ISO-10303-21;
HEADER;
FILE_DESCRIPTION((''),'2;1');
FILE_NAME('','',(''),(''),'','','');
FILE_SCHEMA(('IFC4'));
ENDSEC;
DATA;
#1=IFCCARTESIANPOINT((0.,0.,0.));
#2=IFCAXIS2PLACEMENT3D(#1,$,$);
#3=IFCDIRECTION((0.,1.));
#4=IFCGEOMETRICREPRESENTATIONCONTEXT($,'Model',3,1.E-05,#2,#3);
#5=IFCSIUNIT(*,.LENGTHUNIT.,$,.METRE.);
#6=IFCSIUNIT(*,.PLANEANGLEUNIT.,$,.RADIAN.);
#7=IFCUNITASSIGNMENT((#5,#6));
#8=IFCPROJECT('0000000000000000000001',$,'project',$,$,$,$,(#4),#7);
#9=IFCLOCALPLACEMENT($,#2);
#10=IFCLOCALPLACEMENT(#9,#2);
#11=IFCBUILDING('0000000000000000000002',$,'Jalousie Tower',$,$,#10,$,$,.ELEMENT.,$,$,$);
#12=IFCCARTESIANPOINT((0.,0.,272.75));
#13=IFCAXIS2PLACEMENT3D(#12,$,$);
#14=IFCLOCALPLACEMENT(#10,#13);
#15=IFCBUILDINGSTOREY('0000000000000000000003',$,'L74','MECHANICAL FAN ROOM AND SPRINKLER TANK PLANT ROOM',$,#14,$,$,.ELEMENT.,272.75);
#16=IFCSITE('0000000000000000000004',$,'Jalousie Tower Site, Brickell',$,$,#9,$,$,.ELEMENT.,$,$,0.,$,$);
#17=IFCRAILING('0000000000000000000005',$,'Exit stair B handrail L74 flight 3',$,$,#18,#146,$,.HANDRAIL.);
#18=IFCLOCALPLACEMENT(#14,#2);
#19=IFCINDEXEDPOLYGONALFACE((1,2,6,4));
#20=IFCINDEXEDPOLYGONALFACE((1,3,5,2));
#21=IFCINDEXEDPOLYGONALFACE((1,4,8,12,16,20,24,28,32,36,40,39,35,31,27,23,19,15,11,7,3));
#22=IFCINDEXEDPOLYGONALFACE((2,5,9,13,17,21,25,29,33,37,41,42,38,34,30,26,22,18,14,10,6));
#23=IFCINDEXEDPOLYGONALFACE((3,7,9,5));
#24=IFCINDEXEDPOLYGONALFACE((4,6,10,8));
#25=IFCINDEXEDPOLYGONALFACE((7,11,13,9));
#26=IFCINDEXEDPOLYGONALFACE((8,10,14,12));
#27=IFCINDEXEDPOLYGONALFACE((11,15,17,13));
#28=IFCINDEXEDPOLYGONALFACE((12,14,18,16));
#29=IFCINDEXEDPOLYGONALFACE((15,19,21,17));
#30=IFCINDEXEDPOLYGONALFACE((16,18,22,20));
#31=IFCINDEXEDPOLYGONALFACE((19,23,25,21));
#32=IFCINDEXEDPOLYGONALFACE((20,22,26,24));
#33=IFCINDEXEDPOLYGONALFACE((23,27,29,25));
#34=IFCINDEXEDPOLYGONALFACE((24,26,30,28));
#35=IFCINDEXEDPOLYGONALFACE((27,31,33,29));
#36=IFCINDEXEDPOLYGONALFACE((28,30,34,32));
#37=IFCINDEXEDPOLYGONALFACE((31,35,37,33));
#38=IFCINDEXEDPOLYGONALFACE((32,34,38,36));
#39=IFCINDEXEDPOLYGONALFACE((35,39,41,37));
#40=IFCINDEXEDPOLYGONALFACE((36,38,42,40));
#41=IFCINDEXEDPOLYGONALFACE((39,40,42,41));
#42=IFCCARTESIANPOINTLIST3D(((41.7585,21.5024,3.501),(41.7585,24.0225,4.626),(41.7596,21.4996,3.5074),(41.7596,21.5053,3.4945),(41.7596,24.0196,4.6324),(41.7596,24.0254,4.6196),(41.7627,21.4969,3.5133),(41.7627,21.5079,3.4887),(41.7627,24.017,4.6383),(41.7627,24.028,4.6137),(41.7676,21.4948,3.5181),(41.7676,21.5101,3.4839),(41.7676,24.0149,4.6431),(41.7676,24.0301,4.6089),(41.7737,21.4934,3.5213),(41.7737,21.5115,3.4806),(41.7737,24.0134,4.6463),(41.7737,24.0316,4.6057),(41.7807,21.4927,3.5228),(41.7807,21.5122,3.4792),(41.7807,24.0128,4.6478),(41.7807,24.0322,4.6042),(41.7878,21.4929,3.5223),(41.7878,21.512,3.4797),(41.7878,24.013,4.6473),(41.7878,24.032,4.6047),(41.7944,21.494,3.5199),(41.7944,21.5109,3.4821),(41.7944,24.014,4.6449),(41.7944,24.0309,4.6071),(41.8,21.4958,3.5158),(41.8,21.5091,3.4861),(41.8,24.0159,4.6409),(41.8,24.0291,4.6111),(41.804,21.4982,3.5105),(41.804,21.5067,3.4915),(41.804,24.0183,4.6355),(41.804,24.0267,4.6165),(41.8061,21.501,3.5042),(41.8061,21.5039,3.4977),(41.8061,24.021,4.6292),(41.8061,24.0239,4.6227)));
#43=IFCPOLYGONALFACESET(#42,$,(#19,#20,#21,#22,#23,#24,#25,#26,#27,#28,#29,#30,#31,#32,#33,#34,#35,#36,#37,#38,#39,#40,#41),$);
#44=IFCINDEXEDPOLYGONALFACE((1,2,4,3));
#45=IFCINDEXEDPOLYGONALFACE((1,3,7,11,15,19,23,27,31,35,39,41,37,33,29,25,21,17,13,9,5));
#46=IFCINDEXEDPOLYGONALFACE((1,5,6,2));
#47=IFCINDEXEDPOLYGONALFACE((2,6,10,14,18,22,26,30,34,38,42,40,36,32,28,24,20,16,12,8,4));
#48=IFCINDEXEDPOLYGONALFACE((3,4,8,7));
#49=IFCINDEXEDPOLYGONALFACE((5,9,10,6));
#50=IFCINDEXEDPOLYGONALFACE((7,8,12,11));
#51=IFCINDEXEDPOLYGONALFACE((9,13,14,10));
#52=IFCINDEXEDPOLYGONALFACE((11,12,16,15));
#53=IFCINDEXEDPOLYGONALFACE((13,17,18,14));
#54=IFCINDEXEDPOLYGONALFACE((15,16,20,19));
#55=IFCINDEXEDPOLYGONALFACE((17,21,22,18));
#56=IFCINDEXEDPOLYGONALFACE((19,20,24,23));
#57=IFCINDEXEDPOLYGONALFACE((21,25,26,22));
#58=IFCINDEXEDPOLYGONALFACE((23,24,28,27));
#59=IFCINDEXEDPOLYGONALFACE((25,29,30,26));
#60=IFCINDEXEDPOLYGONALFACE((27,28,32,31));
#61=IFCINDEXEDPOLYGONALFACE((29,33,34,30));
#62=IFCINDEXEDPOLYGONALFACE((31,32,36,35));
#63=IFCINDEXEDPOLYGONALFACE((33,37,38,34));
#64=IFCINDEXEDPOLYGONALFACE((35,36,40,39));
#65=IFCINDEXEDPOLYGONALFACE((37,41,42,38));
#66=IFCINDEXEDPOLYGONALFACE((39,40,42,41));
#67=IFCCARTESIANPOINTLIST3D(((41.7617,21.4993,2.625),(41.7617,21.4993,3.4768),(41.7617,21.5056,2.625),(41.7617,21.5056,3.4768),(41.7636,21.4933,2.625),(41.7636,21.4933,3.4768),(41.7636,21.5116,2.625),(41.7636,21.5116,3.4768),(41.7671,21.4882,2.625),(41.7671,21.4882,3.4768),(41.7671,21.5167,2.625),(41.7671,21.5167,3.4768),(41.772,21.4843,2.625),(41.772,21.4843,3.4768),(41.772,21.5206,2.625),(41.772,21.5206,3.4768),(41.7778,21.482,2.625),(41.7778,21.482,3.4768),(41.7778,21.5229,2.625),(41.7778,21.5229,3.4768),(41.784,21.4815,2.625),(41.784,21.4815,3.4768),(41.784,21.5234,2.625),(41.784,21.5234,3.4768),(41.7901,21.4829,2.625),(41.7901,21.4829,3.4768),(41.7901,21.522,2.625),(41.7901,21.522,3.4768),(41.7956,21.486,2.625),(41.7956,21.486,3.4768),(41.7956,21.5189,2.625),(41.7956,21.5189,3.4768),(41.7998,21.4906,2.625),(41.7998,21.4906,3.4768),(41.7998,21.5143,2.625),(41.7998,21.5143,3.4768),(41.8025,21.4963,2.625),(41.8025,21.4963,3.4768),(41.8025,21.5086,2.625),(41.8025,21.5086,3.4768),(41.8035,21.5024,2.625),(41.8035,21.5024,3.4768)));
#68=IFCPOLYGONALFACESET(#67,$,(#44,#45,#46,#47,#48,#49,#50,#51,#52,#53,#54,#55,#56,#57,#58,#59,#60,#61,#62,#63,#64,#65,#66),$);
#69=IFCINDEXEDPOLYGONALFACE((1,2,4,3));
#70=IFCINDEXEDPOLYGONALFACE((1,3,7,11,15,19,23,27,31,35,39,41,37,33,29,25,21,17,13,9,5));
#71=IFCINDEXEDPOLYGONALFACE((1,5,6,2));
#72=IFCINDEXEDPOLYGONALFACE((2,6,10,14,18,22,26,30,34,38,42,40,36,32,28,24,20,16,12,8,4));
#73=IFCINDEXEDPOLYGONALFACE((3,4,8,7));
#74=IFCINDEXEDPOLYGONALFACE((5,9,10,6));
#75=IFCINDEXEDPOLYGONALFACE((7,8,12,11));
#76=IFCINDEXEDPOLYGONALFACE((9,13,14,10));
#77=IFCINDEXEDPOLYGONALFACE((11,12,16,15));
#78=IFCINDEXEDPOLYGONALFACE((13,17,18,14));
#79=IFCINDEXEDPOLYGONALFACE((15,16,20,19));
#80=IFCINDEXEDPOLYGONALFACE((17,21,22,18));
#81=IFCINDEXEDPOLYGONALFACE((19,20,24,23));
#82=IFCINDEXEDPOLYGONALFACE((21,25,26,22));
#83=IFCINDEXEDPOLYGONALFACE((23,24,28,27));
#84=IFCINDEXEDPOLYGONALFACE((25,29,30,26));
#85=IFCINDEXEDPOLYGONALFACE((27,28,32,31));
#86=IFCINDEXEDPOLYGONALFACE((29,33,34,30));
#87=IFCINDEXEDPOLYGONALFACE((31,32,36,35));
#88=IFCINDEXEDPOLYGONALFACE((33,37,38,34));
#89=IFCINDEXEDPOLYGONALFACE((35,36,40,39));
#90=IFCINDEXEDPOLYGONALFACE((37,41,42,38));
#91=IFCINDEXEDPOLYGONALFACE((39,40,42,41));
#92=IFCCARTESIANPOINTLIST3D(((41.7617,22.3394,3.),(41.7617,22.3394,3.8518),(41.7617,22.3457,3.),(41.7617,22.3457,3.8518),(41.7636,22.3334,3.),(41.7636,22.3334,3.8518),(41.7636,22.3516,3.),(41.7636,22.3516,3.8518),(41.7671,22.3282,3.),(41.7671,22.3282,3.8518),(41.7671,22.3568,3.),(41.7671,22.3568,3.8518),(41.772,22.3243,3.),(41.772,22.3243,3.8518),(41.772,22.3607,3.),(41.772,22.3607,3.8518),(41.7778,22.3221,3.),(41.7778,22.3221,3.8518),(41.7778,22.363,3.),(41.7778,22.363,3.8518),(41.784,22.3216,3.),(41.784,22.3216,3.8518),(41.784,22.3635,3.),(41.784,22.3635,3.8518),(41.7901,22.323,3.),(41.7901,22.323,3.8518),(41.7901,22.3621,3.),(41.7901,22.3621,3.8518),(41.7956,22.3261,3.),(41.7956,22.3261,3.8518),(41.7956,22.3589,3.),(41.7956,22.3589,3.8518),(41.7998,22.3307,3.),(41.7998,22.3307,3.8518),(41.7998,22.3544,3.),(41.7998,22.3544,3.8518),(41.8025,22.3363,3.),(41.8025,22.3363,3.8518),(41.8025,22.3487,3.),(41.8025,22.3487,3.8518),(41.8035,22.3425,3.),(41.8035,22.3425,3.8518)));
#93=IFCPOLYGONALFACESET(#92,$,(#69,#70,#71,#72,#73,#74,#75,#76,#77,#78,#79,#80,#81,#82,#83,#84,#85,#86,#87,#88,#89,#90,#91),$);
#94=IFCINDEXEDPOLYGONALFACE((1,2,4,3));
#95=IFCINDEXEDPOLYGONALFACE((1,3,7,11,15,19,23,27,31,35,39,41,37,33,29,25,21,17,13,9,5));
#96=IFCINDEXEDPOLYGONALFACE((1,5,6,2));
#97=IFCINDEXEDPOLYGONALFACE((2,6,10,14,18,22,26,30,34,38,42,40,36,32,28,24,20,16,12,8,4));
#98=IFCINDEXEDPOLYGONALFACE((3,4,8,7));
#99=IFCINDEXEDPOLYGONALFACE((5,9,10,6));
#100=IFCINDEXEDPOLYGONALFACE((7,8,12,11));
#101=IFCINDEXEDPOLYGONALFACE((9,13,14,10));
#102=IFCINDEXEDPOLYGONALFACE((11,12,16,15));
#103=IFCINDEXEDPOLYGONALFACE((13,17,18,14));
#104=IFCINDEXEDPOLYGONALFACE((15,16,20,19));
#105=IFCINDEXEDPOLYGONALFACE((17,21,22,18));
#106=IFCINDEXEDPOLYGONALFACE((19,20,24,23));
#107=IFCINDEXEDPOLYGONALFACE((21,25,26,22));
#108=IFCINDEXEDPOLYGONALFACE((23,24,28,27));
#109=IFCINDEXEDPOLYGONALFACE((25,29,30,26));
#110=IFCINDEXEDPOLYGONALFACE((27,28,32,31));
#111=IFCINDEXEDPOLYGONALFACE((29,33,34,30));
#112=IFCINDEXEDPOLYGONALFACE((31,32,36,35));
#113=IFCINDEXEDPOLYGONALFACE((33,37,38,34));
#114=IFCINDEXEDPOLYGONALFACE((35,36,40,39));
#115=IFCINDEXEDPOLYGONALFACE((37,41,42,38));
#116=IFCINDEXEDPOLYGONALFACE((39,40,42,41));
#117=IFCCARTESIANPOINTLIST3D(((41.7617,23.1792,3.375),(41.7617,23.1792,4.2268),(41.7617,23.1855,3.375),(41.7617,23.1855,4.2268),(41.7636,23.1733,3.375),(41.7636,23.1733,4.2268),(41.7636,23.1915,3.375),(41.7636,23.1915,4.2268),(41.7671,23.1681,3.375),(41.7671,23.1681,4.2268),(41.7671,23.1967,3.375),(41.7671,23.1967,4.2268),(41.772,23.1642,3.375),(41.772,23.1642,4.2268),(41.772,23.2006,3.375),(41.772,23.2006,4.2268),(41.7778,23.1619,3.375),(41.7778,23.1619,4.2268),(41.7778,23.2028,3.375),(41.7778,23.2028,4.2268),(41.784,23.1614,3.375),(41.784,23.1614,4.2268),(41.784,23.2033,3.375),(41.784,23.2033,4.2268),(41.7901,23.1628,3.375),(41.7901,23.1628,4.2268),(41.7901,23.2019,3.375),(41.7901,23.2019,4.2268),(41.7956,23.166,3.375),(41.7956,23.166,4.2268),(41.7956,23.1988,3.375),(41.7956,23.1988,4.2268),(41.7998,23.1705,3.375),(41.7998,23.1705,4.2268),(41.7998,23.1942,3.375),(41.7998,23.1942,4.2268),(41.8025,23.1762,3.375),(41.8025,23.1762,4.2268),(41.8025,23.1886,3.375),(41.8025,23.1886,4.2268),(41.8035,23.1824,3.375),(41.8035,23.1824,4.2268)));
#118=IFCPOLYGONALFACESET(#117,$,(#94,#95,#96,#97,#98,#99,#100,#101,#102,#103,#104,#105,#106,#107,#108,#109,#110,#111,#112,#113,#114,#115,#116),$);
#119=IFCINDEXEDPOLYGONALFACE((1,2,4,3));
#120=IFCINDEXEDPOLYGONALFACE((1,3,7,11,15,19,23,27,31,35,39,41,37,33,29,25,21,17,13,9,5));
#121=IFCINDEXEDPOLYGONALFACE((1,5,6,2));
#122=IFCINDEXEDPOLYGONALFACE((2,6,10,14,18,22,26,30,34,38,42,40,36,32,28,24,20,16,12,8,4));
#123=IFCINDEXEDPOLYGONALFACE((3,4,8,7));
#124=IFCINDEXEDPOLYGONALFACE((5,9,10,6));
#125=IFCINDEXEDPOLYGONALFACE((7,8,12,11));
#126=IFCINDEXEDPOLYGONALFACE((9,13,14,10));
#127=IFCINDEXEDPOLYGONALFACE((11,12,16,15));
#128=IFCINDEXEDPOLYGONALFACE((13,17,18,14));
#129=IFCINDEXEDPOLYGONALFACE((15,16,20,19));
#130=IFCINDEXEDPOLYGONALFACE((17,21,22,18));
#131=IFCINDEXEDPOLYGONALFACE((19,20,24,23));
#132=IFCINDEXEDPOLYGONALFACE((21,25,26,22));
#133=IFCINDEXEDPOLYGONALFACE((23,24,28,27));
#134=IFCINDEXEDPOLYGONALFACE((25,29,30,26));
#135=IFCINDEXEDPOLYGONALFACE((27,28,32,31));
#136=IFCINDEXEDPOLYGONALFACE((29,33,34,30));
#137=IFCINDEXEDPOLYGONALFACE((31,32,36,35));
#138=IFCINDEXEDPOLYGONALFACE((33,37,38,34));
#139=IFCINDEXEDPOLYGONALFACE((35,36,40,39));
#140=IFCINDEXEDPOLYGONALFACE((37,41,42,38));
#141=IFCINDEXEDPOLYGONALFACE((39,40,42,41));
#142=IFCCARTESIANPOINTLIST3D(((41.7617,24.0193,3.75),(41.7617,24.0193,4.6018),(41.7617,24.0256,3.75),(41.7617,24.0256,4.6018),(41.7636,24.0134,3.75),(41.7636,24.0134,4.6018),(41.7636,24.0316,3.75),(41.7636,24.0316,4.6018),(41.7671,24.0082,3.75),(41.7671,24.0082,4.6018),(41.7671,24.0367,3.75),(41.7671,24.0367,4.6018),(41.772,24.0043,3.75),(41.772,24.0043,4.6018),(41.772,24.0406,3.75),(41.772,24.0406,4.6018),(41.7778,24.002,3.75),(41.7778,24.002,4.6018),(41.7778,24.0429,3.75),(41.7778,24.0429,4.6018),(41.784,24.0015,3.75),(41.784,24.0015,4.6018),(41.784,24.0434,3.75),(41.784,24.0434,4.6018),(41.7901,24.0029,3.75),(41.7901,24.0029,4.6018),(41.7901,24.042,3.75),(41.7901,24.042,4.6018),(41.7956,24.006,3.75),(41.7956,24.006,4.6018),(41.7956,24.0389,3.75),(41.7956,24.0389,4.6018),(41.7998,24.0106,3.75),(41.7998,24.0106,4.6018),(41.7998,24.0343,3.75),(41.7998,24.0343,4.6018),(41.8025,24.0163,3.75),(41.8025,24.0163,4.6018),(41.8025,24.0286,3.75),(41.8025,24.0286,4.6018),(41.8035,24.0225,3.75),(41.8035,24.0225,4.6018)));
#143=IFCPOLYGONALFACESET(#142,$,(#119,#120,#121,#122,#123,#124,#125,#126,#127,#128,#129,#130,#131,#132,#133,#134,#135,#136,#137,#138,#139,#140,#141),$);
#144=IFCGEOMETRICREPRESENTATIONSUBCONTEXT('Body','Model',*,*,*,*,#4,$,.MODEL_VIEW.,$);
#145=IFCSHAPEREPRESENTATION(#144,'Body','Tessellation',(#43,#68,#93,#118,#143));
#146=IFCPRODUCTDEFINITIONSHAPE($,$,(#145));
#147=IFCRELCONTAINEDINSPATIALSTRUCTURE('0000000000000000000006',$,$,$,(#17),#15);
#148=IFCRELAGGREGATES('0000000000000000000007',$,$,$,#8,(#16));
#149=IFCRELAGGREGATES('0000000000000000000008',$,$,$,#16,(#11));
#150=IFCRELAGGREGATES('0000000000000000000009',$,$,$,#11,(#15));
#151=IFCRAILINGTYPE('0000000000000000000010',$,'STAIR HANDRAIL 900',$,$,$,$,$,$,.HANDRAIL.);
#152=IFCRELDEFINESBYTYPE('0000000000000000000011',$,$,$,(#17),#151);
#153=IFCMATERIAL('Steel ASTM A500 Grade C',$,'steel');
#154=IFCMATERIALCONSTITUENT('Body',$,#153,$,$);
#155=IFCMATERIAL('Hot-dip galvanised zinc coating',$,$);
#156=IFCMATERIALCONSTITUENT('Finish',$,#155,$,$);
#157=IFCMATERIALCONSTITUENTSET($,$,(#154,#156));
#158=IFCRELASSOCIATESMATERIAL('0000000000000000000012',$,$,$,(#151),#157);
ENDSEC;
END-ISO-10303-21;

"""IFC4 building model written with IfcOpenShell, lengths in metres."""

from ifc_helpers import new_model, si_unit, direction, frame, origin, origin_2d, place, context, subcontext, project, spatial, circle, extrude, material, constituent, constituent_set, type_object, element, save


model = new_model("IFC4")

# Units and contexts
model_context = context("Model", 3, precision=1e-05, world=origin(), true_north=direction((0.0, 1.0)))
body_context = subcontext(model_context, "Body", "Model", "MODEL_VIEW")
ifc_project = project(units=[si_unit("LENGTHUNIT", "METRE"), si_unit("PLANEANGLEUNIT", "RADIAN")], contexts=[model_context])

# Site, building, storey
site_placement = place(None, origin())
site = spatial("IfcSite", under=ifc_project, at=site_placement, Name="Jalousie Tower Site, Brickell", CompositionType="ELEMENT", RefElevation=0.0)
building_placement = place(site_placement, origin())
building = spatial("IfcBuilding", under=site, at=building_placement, Name="Jalousie Tower", CompositionType="ELEMENT")
storey_placement = place(building_placement, frame((0.0, 0.0, 272.75)))
storey = spatial("IfcBuildingStorey", under=building, at=storey_placement, Name="L74", Description="MECHANICAL FAN ROOM AND SPRINKLER TANK PLANT ROOM", CompositionType="ELEMENT", Elevation=272.75)

# Railing
ifc_material_1 = material(Name="Steel ASTM A500 Grade C", Category="steel")
ifc_constituent_1 = constituent(ifc_material_1, Name="Body")
ifc_material_2 = material(Name="Hot-dip galvanised zinc coating")
ifc_constituent_2 = constituent(ifc_material_2, Name="Finish")
ifc_constituent_set_1 = constituent_set(constituents=[ifc_constituent_1, ifc_constituent_2])
railing_type_1 = type_object("IfcRailingType", Name="STAIR HANDRAIL 900", PredefinedType="HANDRAIL", material=ifc_constituent_set_1)
railing_1_placement = place(storey_placement, frame((41.7825, 21.5024, 2.625)))
element("IfcRailing", 1, at=railing_1_placement, inside=storey, type_object=railing_type_1, Name="Exit stair B handrail L74 flight 3", PredefinedType="HANDRAIL", context=body_context, shape_type="SweptSolid", body=[
    extrude(circle(Radius=0.0239, at=origin_2d()), frame((0.0, 0.0, 0.876), z_axis=(0.0, 0.913139, 0.407648), x_axis=(-1.0, 0.0, 0.0)), (0.0, 0.0, 1.0), 2.7598),
    extrude(circle(Radius=0.021, at=origin_2d()), origin(), (0.0, 0.0, 1.0), 0.8518),
    extrude(circle(Radius=0.021, at=origin_2d()), frame((0.0, 0.8401, 0.375)), (0.0, 0.0, 1.0), 0.8518),
    extrude(circle(Radius=0.021, at=origin_2d()), frame((0.0, 1.6799, 0.75)), (0.0, 0.0, 1.0), 0.8518),
    extrude(circle(Radius=0.021, at=origin_2d()), frame((0.0, 2.52, 1.125)), (0.0, 0.0, 1.0), 0.8518),
])

save(model, "model.ifc")
